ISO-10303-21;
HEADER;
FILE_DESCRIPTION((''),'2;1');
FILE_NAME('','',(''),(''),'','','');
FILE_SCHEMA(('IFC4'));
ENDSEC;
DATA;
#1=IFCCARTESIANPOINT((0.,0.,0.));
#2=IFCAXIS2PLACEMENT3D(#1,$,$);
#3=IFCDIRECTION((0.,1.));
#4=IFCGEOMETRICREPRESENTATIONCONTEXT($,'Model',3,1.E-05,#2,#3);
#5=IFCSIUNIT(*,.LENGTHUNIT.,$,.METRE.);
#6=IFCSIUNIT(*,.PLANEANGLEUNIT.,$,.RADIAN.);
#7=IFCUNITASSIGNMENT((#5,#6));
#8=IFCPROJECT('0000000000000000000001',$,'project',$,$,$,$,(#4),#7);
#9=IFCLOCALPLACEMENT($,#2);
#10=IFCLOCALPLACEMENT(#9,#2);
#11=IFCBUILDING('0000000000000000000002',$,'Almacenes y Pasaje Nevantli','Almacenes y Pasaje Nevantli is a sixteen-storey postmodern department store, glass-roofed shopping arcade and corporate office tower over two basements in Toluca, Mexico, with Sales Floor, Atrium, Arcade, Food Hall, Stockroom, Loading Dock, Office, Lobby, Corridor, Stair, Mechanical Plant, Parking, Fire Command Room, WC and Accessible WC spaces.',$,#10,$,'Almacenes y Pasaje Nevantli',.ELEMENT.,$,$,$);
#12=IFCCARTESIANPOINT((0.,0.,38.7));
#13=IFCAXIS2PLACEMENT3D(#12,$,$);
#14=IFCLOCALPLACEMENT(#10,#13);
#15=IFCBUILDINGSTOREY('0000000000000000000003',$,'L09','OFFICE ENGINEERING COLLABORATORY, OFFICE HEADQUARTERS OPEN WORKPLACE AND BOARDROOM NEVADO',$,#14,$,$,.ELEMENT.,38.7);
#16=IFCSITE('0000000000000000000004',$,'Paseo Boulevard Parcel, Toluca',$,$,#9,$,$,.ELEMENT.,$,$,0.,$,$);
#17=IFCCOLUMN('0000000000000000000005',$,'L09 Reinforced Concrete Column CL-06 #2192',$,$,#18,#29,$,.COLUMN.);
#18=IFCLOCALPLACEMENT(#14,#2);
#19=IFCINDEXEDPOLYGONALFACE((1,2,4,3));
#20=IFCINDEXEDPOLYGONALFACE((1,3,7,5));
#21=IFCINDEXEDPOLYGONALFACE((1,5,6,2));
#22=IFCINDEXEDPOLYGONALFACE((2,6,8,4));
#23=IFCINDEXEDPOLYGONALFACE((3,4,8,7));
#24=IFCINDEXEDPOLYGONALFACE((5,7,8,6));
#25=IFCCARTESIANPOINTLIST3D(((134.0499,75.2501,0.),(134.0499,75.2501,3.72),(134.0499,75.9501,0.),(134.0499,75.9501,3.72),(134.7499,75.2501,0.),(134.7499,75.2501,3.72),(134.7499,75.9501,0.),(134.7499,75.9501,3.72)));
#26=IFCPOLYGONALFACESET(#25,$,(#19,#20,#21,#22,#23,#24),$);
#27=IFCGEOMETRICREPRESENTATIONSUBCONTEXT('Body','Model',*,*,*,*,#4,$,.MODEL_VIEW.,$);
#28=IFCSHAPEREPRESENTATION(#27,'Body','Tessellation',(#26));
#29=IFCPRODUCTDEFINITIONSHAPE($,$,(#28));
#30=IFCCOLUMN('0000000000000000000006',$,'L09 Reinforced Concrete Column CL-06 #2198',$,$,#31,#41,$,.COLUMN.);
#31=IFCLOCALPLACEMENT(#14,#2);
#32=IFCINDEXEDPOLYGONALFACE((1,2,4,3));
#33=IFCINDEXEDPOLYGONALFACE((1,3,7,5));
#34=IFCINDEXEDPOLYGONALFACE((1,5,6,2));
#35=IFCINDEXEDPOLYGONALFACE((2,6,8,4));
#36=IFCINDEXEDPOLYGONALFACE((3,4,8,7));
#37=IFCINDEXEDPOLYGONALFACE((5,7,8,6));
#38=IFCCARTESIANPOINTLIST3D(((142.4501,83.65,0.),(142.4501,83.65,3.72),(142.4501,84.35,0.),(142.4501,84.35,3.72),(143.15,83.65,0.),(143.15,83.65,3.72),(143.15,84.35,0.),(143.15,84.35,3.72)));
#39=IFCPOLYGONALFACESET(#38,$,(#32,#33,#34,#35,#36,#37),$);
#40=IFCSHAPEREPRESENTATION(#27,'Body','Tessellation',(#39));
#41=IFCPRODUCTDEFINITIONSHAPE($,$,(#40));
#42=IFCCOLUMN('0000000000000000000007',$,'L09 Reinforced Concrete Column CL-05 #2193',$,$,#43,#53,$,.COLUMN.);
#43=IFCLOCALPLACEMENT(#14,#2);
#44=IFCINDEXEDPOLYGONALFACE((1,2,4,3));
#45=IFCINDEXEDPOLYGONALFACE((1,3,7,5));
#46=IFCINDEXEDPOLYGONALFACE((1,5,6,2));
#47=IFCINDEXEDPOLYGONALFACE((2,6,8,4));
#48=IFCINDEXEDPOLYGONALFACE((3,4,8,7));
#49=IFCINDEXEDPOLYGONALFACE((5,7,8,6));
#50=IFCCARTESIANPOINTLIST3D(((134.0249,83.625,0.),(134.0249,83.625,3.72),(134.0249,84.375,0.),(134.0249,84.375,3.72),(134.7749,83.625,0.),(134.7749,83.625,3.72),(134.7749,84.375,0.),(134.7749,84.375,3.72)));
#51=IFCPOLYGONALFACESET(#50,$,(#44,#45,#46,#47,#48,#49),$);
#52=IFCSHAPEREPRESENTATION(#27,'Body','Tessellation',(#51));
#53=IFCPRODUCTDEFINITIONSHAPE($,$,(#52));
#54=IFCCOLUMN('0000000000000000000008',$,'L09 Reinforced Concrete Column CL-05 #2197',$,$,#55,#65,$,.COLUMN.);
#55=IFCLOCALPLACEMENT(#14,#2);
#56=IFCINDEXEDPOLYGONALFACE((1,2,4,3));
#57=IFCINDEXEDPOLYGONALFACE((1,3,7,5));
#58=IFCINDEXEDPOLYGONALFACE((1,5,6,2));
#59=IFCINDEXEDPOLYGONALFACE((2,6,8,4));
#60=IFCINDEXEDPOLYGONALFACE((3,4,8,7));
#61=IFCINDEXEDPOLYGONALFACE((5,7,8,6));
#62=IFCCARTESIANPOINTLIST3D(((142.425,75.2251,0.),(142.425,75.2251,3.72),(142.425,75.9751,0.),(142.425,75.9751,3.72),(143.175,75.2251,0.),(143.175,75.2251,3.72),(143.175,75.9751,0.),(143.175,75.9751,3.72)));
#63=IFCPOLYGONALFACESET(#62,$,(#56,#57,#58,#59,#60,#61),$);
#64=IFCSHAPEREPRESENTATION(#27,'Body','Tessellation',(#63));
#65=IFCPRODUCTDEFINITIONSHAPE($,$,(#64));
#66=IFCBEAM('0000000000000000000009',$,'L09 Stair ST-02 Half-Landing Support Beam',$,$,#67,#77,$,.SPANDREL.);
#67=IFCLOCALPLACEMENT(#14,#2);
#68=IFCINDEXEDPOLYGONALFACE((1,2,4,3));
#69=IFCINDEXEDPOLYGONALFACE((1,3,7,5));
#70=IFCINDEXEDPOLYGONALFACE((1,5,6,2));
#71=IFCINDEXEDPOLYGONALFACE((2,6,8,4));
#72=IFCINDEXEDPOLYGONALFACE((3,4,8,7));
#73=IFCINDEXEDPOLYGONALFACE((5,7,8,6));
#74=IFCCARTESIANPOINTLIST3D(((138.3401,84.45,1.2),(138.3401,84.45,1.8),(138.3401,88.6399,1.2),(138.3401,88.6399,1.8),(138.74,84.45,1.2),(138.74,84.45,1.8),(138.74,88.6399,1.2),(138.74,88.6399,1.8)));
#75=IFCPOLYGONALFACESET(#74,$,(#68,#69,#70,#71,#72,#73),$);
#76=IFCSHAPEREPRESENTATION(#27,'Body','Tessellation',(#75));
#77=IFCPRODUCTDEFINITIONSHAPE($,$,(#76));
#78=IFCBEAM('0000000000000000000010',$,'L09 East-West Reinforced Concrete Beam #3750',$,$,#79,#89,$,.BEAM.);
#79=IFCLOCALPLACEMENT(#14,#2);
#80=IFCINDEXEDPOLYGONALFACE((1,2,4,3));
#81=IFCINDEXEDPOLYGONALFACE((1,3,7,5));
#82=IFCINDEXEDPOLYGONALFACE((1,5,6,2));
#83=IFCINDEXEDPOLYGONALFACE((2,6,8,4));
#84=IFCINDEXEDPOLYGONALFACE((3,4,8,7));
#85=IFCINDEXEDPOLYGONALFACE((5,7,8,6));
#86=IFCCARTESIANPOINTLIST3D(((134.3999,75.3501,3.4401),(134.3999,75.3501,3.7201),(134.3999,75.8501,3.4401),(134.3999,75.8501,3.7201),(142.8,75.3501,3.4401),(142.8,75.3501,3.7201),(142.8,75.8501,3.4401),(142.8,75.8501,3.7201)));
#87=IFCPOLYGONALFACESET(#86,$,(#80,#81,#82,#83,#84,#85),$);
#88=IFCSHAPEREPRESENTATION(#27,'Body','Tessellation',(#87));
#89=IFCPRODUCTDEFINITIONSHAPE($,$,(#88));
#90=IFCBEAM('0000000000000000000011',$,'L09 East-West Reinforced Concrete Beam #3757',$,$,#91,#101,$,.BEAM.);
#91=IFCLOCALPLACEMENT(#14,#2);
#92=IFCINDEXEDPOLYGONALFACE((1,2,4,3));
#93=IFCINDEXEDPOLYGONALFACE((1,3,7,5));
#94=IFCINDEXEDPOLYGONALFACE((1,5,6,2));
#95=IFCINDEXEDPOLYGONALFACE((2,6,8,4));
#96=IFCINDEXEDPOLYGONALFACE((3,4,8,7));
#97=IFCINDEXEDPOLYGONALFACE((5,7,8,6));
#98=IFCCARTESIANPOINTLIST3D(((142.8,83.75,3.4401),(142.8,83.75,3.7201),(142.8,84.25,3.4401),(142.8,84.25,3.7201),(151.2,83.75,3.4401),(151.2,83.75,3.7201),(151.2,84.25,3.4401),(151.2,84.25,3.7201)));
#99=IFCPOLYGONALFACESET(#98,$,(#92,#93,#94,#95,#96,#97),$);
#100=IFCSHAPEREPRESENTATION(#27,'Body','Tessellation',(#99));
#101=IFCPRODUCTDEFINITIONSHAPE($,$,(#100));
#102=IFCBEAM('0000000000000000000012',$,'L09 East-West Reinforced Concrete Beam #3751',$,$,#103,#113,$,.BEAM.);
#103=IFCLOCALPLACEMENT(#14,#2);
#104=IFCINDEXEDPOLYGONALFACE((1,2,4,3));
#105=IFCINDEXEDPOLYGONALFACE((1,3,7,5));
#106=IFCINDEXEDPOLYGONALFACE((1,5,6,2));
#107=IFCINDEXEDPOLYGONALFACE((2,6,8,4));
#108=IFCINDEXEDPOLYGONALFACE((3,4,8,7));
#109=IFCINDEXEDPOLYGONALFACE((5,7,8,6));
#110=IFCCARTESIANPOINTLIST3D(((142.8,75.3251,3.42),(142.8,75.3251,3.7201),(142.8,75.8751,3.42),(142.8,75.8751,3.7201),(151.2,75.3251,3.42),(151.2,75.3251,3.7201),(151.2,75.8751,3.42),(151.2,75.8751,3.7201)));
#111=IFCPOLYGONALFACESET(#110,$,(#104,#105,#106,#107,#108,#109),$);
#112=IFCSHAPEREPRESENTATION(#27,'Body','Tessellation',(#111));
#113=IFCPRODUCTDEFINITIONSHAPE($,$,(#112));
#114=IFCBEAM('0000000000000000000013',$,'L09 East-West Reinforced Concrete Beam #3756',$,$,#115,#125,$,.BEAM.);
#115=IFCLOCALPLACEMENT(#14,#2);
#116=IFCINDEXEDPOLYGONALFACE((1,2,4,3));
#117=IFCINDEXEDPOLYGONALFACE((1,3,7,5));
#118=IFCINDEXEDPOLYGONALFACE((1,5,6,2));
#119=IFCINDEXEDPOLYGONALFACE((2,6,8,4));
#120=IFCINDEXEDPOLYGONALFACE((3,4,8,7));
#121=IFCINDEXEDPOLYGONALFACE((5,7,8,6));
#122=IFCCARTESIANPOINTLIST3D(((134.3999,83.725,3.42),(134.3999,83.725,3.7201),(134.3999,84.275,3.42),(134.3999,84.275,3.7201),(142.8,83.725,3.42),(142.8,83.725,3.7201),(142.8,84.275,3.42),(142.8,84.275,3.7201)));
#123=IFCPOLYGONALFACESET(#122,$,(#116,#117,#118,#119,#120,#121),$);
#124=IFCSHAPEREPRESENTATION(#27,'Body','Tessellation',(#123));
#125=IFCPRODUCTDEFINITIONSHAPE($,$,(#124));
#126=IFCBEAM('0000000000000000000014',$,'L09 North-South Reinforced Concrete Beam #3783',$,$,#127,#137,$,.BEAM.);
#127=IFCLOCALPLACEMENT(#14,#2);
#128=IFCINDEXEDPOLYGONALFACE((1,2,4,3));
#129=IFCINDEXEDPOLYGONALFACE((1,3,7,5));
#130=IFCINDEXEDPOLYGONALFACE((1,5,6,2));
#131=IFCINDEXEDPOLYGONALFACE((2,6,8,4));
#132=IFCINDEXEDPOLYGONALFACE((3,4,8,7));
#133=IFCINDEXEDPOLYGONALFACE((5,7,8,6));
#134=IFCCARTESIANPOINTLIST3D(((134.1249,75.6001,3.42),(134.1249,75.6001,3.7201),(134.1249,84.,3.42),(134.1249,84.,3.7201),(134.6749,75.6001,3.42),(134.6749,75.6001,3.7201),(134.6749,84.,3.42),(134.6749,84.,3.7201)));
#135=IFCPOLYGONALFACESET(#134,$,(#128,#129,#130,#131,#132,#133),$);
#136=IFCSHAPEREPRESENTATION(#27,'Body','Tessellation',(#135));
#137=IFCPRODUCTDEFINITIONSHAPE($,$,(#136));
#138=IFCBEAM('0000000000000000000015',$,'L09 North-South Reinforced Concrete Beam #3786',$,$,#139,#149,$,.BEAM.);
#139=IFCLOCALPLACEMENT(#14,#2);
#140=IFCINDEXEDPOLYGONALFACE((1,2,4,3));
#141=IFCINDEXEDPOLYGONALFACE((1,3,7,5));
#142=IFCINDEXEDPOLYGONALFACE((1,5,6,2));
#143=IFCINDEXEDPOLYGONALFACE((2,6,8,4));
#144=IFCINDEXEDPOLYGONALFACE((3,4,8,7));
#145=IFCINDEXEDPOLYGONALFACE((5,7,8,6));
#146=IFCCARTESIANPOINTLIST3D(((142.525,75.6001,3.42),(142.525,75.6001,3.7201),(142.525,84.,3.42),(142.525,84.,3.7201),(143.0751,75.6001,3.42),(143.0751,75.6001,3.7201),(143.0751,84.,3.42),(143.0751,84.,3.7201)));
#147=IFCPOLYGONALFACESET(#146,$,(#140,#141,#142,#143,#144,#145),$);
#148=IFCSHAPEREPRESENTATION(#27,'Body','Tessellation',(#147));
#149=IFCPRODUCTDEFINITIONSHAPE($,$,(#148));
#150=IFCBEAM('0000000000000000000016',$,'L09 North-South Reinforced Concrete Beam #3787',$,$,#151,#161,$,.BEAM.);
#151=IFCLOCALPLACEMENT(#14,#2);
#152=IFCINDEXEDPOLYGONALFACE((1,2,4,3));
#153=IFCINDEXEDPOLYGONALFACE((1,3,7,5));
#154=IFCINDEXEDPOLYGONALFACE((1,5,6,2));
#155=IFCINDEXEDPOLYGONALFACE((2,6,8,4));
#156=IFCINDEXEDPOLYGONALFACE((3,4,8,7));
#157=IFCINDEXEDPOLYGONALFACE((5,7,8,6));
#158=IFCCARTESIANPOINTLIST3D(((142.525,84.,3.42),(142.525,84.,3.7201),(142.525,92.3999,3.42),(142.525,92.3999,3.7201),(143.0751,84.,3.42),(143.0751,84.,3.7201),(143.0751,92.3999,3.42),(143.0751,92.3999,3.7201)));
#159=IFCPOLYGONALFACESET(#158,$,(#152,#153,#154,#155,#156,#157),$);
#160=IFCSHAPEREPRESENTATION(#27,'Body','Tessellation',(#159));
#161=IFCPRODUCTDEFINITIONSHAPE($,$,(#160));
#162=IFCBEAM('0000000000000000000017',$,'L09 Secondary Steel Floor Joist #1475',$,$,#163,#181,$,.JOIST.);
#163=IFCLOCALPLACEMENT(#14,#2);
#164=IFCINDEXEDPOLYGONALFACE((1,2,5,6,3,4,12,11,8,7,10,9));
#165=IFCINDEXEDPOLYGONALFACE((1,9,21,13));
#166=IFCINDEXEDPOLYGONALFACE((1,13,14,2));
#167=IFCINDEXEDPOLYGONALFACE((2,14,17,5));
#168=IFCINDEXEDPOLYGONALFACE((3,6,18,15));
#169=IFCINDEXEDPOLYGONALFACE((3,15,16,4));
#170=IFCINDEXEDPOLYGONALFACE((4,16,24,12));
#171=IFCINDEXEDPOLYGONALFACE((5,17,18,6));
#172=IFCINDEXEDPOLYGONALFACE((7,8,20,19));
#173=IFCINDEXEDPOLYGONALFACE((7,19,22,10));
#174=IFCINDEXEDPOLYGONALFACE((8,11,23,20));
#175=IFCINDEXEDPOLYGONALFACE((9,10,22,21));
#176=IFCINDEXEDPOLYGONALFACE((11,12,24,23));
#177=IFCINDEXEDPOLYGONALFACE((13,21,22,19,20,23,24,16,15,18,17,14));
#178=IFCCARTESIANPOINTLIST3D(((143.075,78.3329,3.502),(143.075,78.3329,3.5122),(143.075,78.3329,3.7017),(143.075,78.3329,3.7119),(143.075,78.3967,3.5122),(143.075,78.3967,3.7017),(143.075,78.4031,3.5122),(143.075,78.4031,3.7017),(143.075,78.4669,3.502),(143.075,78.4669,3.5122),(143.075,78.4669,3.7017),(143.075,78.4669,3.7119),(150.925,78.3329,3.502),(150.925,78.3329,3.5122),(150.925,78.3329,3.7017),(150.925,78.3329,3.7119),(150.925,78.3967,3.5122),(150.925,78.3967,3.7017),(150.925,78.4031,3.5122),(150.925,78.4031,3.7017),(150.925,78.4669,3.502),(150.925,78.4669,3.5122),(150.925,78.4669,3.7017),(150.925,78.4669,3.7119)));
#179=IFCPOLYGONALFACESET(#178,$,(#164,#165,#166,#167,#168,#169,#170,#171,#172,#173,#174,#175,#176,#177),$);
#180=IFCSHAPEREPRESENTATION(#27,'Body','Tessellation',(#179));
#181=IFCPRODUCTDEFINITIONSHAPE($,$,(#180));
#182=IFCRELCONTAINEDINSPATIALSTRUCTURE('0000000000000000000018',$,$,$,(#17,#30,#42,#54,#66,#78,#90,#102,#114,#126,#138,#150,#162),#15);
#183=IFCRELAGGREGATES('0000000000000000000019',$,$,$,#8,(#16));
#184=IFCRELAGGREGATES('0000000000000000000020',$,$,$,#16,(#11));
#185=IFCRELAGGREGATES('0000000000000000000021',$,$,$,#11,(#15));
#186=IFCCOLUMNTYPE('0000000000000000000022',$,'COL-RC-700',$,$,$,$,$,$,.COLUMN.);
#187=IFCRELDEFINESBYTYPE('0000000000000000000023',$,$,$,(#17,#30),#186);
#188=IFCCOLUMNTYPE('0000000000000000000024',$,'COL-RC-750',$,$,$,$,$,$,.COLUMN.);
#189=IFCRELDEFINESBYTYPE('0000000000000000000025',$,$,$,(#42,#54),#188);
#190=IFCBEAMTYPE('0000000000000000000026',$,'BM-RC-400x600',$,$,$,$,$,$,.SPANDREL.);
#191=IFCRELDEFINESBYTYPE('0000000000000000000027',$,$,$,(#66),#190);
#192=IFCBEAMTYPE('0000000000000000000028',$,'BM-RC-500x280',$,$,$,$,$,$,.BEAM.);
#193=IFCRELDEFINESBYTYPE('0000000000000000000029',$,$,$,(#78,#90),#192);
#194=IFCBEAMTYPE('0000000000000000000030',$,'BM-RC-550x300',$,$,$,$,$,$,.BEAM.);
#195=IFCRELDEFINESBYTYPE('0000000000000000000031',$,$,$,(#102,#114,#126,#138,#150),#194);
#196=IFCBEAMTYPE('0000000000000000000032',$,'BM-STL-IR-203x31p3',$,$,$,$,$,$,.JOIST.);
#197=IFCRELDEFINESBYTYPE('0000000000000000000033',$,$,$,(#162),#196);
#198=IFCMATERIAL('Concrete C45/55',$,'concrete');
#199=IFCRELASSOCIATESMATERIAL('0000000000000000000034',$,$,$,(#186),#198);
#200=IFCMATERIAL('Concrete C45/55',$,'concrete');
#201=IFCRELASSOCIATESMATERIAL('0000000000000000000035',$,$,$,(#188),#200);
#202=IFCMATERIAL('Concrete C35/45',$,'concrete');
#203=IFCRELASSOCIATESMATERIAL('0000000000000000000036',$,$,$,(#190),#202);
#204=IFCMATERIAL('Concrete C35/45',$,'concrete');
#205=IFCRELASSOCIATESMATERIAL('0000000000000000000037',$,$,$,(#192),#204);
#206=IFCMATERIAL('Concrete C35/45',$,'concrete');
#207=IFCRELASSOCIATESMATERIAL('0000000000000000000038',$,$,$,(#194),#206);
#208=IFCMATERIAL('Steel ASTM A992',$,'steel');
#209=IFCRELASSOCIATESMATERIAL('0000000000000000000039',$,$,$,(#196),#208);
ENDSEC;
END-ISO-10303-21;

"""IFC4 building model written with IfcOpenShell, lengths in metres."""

from ifc_helpers import new_model, si_unit, direction, frame, origin, origin_2d, place, context, subcontext, project, spatial, rectangle, i_section, extrude, material, material_profile, profile_set, type_object, element, save


model = new_model("IFC4")

# Units and contexts
model_context = context("Model", 3, precision=1e-05, world=origin(), true_north=direction((0.0, 1.0)))
body_context = subcontext(model_context, "Body", "Model", "MODEL_VIEW")
ifc_project = project(units=[si_unit("LENGTHUNIT", "METRE"), si_unit("PLANEANGLEUNIT", "RADIAN")], contexts=[model_context])

# Site, building, storey
site_placement = place(None, origin())
site = spatial("IfcSite", under=ifc_project, at=site_placement, Name="Paseo Boulevard Parcel, Toluca", CompositionType="ELEMENT", RefElevation=0.0)
building_placement = place(site_placement, origin())
building = spatial("IfcBuilding", under=site, at=building_placement, Name="Almacenes y Pasaje Nevantli", Description="Almacenes y Pasaje Nevantli is a sixteen-storey postmodern department store, glass-roofed shopping arcade and corporate office tower over two basements in Toluca, Mexico, with Sales Floor, Atrium, Arcade, Food Hall, Stockroom, Loading Dock, Office, Lobby, Corridor, Stair, Mechanical Plant, Parking, Fire Command Room, WC and Accessible WC spaces.", LongName="Almacenes y Pasaje Nevantli", CompositionType="ELEMENT")
storey_placement = place(building_placement, frame((0.0, 0.0, 38.7)))
storey = spatial("IfcBuildingStorey", under=building, at=storey_placement, Name="L09", Description="OFFICE ENGINEERING COLLABORATORY, OFFICE HEADQUARTERS OPEN WORKPLACE AND BOARDROOM NEVADO", CompositionType="ELEMENT", Elevation=38.7)

# Columns
ifc_material_1 = material(Name="Concrete C45/55", Category="concrete")
ifc_material_profile_1 = material_profile(ifc_material_1, rectangle(XDim=0.7, YDim=0.7, at=origin_2d()), Name="RC-COL-700x700")
ifc_profile_set_1 = profile_set([ifc_material_profile_1], Name="Concrete C45/55")
column_type_1 = type_object("IfcColumnType", Name="COL-RC-700", PredefinedType="COLUMN", material=ifc_profile_set_1)
for number, where, z_axis, x_axis, name in (
    (1, (134.3999, 75.6001, 0.0), (0.0, 0.0, 1.0), (1.0, 0.0, 0.0), "L09 Reinforced Concrete Column CL-06 #2192"),
    (2, (142.8, 84.0, 0.0), (0.0, 0.0, 1.0), (1.0, 0.0, 0.0), "L09 Reinforced Concrete Column CL-06 #2198"),
):
    element("IfcColumn", number, at=place(storey_placement, frame(where, z_axis=z_axis, x_axis=x_axis)), inside=storey, type_object=column_type_1, Name=name, PredefinedType="COLUMN", context=body_context, shape_type="SweptSolid", body=[
        extrude(rectangle(XDim=0.7, YDim=0.7, at=origin_2d()), origin(), (0.0, 0.0, 1.0), 3.72),
    ])
ifc_material_2 = material(Name="Concrete C45/55", Category="concrete")
ifc_material_profile_2 = material_profile(ifc_material_2, rectangle(XDim=0.75, YDim=0.75, at=origin_2d()), Name="RC-COL-750x750")
ifc_profile_set_2 = profile_set([ifc_material_profile_2], Name="Concrete C45/55")
column_type_2 = type_object("IfcColumnType", Name="COL-RC-750", PredefinedType="COLUMN", material=ifc_profile_set_2)
for number, where, z_axis, x_axis, name in (
    (3, (134.3999, 84.0, 0.0), (0.0, 0.0, 1.0), (1.0, 0.0, 0.0), "L09 Reinforced Concrete Column CL-05 #2193"),
    (4, (142.8, 75.6001, 0.0), (0.0, 0.0, 1.0), (1.0, 0.0, 0.0), "L09 Reinforced Concrete Column CL-05 #2197"),
):
    element("IfcColumn", number, at=place(storey_placement, frame(where, z_axis=z_axis, x_axis=x_axis)), inside=storey, type_object=column_type_2, Name=name, PredefinedType="COLUMN", context=body_context, shape_type="SweptSolid", body=[
        extrude(rectangle(XDim=0.75, YDim=0.75, at=origin_2d()), origin(), (0.0, 0.0, 1.0), 3.72),
    ])

# Beams
ifc_material_3 = material(Name="Concrete C35/45", Category="concrete")
ifc_material_profile_3 = material_profile(ifc_material_3, rectangle(XDim=0.3999, YDim=0.6001, at=origin_2d()), Name="RC-BM-400x600")
ifc_profile_set_3 = profile_set([ifc_material_profile_3], Name="Concrete C35/45")
beam_type_1 = type_object("IfcBeamType", Name="BM-RC-400x600", PredefinedType="SPANDREL", material=ifc_profile_set_3)
beam_1_placement = place(storey_placement, frame((138.54, 84.45, 1.5), z_axis=(0.0, 1.0, 0.0), x_axis=(-1.0, 0.0, 0.0)))
element("IfcBeam", 5, at=beam_1_placement, inside=storey, type_object=beam_type_1, Name="L09 Stair ST-02 Half-Landing Support Beam", PredefinedType="SPANDREL", context=body_context, shape_type="SweptSolid", body=[
    extrude(rectangle(XDim=0.3999, YDim=0.6001, at=origin_2d()), origin(), (0.0, 0.0, 1.0), 4.1899),
])
ifc_material_4 = material(Name="Concrete C35/45", Category="concrete")
ifc_material_profile_4 = material_profile(ifc_material_4, rectangle(XDim=0.5, YDim=0.28, at=origin_2d()), Name="RC-BM-500x280")
ifc_profile_set_4 = profile_set([ifc_material_profile_4], Name="Concrete C35/45")
beam_type_2 = type_object("IfcBeamType", Name="BM-RC-500x280", PredefinedType="BEAM", material=ifc_profile_set_4)
beam_2_placement = place(storey_placement, frame((134.3999, 75.6001, 3.5801), z_axis=(1.0, 0.0, 0.0), x_axis=(0.0, 1.0, 0.0)))
element("IfcBeam", 6, at=beam_2_placement, inside=storey, type_object=beam_type_2, Name="L09 East-West Reinforced Concrete Beam #3750", PredefinedType="BEAM", context=body_context, shape_type="SweptSolid", body=[
    extrude(rectangle(XDim=0.5, YDim=0.28, at=origin_2d()), origin(), (0.0, 0.0, 1.0), 8.4001),
])
beam_3_placement = place(storey_placement, frame((142.8, 84.0, 3.5801), z_axis=(1.0, 0.0, 0.0), x_axis=(0.0, 1.0, 0.0)))
element("IfcBeam", 7, at=beam_3_placement, inside=storey, type_object=beam_type_2, Name="L09 East-West Reinforced Concrete Beam #3757", PredefinedType="BEAM", context=body_context, shape_type="SweptSolid", body=[
    extrude(rectangle(XDim=0.5, YDim=0.28, at=origin_2d()), origin(), (0.0, 0.0, 1.0), 8.3999),
])
ifc_material_5 = material(Name="Concrete C35/45", Category="concrete")
ifc_material_profile_5 = material_profile(ifc_material_5, rectangle(XDim=0.55, YDim=0.3, at=origin_2d()), Name="RC-BM-550x300")
ifc_profile_set_5 = profile_set([ifc_material_profile_5], Name="Concrete C35/45")
beam_type_3 = type_object("IfcBeamType", Name="BM-RC-550x300", PredefinedType="BEAM", material=ifc_profile_set_5)
beam_4_placement = place(storey_placement, frame((142.8, 75.6001, 3.5701), z_axis=(1.0, 0.0, 0.0), x_axis=(0.0, 1.0, 0.0)))
element("IfcBeam", 8, at=beam_4_placement, inside=storey, type_object=beam_type_3, Name="L09 East-West Reinforced Concrete Beam #3751", PredefinedType="BEAM", context=body_context, shape_type="SweptSolid", body=[
    extrude(rectangle(XDim=0.55, YDim=0.3, at=origin_2d()), origin(), (0.0, 0.0, 1.0), 8.3999),
])
beam_5_placement = place(storey_placement, frame((134.3999, 84.0, 3.5701), z_axis=(1.0, 0.0, 0.0), x_axis=(0.0, 1.0, 0.0)))
element("IfcBeam", 9, at=beam_5_placement, inside=storey, type_object=beam_type_3, Name="L09 East-West Reinforced Concrete Beam #3756", PredefinedType="BEAM", context=body_context, shape_type="SweptSolid", body=[
    extrude(rectangle(XDim=0.55, YDim=0.3, at=origin_2d()), origin(), (0.0, 0.0, 1.0), 8.4001),
])
for number, where, z_axis, x_axis, name in (
    (10, (134.3999, 75.6001, 3.5701), (0.0, 1.0, 0.0), (-1.0, 0.0, 0.0), "L09 North-South Reinforced Concrete Beam #3783"),
    (11, (142.8, 75.6001, 3.5701), (0.0, 1.0, 0.0), (-1.0, 0.0, 0.0), "L09 North-South Reinforced Concrete Beam #3786"),
    (12, (142.8, 84.0, 3.5701), (0.0, 1.0, 0.0), (-1.0, 0.0, 0.0), "L09 North-South Reinforced Concrete Beam #3787"),
):
    element("IfcBeam", number, at=place(storey_placement, frame(where, z_axis=z_axis, x_axis=x_axis)), inside=storey, type_object=beam_type_3, Name=name, PredefinedType="BEAM", context=body_context, shape_type="SweptSolid", body=[
        extrude(rectangle(XDim=0.55, YDim=0.3, at=origin_2d()), origin(), (0.0, 0.0, 1.0), 8.3999),
    ])
ifc_material_6 = material(Name="Steel ASTM A992", Category="steel")
ifc_material_profile_6 = material_profile(ifc_material_6, i_section(OverallWidth=0.134, OverallDepth=0.21, WebThickness=0.0063, FlangeThickness=0.0103, at=origin_2d()), Name="IR 203x31.3")
ifc_profile_set_6 = profile_set([ifc_material_profile_6], Name="Steel ASTM A992")
beam_type_4 = type_object("IfcBeamType", Name="BM-STL-IR-203x31p3", PredefinedType="JOIST", material=ifc_profile_set_6)
for number, where, z_axis, x_axis, name in (
    (13, (143.075, 78.3999, 3.6069), (1.0, 0.0, 0.0), (0.0, 1.0, 0.0), "L09 Secondary Steel Floor Joist #1475"),
):
    element("IfcBeam", number, at=place(storey_placement, frame(where, z_axis=z_axis, x_axis=x_axis)), inside=storey, type_object=beam_type_4, Name=name, PredefinedType="JOIST", context=body_context, shape_type="SweptSolid", body=[
        extrude(i_section(OverallWidth=0.134, OverallDepth=0.21, WebThickness=0.0063, FlangeThickness=0.0103, at=origin_2d()), origin(), (0.0, 0.0, 1.0), 7.8501),
    ])

save(model, "model.ifc")
